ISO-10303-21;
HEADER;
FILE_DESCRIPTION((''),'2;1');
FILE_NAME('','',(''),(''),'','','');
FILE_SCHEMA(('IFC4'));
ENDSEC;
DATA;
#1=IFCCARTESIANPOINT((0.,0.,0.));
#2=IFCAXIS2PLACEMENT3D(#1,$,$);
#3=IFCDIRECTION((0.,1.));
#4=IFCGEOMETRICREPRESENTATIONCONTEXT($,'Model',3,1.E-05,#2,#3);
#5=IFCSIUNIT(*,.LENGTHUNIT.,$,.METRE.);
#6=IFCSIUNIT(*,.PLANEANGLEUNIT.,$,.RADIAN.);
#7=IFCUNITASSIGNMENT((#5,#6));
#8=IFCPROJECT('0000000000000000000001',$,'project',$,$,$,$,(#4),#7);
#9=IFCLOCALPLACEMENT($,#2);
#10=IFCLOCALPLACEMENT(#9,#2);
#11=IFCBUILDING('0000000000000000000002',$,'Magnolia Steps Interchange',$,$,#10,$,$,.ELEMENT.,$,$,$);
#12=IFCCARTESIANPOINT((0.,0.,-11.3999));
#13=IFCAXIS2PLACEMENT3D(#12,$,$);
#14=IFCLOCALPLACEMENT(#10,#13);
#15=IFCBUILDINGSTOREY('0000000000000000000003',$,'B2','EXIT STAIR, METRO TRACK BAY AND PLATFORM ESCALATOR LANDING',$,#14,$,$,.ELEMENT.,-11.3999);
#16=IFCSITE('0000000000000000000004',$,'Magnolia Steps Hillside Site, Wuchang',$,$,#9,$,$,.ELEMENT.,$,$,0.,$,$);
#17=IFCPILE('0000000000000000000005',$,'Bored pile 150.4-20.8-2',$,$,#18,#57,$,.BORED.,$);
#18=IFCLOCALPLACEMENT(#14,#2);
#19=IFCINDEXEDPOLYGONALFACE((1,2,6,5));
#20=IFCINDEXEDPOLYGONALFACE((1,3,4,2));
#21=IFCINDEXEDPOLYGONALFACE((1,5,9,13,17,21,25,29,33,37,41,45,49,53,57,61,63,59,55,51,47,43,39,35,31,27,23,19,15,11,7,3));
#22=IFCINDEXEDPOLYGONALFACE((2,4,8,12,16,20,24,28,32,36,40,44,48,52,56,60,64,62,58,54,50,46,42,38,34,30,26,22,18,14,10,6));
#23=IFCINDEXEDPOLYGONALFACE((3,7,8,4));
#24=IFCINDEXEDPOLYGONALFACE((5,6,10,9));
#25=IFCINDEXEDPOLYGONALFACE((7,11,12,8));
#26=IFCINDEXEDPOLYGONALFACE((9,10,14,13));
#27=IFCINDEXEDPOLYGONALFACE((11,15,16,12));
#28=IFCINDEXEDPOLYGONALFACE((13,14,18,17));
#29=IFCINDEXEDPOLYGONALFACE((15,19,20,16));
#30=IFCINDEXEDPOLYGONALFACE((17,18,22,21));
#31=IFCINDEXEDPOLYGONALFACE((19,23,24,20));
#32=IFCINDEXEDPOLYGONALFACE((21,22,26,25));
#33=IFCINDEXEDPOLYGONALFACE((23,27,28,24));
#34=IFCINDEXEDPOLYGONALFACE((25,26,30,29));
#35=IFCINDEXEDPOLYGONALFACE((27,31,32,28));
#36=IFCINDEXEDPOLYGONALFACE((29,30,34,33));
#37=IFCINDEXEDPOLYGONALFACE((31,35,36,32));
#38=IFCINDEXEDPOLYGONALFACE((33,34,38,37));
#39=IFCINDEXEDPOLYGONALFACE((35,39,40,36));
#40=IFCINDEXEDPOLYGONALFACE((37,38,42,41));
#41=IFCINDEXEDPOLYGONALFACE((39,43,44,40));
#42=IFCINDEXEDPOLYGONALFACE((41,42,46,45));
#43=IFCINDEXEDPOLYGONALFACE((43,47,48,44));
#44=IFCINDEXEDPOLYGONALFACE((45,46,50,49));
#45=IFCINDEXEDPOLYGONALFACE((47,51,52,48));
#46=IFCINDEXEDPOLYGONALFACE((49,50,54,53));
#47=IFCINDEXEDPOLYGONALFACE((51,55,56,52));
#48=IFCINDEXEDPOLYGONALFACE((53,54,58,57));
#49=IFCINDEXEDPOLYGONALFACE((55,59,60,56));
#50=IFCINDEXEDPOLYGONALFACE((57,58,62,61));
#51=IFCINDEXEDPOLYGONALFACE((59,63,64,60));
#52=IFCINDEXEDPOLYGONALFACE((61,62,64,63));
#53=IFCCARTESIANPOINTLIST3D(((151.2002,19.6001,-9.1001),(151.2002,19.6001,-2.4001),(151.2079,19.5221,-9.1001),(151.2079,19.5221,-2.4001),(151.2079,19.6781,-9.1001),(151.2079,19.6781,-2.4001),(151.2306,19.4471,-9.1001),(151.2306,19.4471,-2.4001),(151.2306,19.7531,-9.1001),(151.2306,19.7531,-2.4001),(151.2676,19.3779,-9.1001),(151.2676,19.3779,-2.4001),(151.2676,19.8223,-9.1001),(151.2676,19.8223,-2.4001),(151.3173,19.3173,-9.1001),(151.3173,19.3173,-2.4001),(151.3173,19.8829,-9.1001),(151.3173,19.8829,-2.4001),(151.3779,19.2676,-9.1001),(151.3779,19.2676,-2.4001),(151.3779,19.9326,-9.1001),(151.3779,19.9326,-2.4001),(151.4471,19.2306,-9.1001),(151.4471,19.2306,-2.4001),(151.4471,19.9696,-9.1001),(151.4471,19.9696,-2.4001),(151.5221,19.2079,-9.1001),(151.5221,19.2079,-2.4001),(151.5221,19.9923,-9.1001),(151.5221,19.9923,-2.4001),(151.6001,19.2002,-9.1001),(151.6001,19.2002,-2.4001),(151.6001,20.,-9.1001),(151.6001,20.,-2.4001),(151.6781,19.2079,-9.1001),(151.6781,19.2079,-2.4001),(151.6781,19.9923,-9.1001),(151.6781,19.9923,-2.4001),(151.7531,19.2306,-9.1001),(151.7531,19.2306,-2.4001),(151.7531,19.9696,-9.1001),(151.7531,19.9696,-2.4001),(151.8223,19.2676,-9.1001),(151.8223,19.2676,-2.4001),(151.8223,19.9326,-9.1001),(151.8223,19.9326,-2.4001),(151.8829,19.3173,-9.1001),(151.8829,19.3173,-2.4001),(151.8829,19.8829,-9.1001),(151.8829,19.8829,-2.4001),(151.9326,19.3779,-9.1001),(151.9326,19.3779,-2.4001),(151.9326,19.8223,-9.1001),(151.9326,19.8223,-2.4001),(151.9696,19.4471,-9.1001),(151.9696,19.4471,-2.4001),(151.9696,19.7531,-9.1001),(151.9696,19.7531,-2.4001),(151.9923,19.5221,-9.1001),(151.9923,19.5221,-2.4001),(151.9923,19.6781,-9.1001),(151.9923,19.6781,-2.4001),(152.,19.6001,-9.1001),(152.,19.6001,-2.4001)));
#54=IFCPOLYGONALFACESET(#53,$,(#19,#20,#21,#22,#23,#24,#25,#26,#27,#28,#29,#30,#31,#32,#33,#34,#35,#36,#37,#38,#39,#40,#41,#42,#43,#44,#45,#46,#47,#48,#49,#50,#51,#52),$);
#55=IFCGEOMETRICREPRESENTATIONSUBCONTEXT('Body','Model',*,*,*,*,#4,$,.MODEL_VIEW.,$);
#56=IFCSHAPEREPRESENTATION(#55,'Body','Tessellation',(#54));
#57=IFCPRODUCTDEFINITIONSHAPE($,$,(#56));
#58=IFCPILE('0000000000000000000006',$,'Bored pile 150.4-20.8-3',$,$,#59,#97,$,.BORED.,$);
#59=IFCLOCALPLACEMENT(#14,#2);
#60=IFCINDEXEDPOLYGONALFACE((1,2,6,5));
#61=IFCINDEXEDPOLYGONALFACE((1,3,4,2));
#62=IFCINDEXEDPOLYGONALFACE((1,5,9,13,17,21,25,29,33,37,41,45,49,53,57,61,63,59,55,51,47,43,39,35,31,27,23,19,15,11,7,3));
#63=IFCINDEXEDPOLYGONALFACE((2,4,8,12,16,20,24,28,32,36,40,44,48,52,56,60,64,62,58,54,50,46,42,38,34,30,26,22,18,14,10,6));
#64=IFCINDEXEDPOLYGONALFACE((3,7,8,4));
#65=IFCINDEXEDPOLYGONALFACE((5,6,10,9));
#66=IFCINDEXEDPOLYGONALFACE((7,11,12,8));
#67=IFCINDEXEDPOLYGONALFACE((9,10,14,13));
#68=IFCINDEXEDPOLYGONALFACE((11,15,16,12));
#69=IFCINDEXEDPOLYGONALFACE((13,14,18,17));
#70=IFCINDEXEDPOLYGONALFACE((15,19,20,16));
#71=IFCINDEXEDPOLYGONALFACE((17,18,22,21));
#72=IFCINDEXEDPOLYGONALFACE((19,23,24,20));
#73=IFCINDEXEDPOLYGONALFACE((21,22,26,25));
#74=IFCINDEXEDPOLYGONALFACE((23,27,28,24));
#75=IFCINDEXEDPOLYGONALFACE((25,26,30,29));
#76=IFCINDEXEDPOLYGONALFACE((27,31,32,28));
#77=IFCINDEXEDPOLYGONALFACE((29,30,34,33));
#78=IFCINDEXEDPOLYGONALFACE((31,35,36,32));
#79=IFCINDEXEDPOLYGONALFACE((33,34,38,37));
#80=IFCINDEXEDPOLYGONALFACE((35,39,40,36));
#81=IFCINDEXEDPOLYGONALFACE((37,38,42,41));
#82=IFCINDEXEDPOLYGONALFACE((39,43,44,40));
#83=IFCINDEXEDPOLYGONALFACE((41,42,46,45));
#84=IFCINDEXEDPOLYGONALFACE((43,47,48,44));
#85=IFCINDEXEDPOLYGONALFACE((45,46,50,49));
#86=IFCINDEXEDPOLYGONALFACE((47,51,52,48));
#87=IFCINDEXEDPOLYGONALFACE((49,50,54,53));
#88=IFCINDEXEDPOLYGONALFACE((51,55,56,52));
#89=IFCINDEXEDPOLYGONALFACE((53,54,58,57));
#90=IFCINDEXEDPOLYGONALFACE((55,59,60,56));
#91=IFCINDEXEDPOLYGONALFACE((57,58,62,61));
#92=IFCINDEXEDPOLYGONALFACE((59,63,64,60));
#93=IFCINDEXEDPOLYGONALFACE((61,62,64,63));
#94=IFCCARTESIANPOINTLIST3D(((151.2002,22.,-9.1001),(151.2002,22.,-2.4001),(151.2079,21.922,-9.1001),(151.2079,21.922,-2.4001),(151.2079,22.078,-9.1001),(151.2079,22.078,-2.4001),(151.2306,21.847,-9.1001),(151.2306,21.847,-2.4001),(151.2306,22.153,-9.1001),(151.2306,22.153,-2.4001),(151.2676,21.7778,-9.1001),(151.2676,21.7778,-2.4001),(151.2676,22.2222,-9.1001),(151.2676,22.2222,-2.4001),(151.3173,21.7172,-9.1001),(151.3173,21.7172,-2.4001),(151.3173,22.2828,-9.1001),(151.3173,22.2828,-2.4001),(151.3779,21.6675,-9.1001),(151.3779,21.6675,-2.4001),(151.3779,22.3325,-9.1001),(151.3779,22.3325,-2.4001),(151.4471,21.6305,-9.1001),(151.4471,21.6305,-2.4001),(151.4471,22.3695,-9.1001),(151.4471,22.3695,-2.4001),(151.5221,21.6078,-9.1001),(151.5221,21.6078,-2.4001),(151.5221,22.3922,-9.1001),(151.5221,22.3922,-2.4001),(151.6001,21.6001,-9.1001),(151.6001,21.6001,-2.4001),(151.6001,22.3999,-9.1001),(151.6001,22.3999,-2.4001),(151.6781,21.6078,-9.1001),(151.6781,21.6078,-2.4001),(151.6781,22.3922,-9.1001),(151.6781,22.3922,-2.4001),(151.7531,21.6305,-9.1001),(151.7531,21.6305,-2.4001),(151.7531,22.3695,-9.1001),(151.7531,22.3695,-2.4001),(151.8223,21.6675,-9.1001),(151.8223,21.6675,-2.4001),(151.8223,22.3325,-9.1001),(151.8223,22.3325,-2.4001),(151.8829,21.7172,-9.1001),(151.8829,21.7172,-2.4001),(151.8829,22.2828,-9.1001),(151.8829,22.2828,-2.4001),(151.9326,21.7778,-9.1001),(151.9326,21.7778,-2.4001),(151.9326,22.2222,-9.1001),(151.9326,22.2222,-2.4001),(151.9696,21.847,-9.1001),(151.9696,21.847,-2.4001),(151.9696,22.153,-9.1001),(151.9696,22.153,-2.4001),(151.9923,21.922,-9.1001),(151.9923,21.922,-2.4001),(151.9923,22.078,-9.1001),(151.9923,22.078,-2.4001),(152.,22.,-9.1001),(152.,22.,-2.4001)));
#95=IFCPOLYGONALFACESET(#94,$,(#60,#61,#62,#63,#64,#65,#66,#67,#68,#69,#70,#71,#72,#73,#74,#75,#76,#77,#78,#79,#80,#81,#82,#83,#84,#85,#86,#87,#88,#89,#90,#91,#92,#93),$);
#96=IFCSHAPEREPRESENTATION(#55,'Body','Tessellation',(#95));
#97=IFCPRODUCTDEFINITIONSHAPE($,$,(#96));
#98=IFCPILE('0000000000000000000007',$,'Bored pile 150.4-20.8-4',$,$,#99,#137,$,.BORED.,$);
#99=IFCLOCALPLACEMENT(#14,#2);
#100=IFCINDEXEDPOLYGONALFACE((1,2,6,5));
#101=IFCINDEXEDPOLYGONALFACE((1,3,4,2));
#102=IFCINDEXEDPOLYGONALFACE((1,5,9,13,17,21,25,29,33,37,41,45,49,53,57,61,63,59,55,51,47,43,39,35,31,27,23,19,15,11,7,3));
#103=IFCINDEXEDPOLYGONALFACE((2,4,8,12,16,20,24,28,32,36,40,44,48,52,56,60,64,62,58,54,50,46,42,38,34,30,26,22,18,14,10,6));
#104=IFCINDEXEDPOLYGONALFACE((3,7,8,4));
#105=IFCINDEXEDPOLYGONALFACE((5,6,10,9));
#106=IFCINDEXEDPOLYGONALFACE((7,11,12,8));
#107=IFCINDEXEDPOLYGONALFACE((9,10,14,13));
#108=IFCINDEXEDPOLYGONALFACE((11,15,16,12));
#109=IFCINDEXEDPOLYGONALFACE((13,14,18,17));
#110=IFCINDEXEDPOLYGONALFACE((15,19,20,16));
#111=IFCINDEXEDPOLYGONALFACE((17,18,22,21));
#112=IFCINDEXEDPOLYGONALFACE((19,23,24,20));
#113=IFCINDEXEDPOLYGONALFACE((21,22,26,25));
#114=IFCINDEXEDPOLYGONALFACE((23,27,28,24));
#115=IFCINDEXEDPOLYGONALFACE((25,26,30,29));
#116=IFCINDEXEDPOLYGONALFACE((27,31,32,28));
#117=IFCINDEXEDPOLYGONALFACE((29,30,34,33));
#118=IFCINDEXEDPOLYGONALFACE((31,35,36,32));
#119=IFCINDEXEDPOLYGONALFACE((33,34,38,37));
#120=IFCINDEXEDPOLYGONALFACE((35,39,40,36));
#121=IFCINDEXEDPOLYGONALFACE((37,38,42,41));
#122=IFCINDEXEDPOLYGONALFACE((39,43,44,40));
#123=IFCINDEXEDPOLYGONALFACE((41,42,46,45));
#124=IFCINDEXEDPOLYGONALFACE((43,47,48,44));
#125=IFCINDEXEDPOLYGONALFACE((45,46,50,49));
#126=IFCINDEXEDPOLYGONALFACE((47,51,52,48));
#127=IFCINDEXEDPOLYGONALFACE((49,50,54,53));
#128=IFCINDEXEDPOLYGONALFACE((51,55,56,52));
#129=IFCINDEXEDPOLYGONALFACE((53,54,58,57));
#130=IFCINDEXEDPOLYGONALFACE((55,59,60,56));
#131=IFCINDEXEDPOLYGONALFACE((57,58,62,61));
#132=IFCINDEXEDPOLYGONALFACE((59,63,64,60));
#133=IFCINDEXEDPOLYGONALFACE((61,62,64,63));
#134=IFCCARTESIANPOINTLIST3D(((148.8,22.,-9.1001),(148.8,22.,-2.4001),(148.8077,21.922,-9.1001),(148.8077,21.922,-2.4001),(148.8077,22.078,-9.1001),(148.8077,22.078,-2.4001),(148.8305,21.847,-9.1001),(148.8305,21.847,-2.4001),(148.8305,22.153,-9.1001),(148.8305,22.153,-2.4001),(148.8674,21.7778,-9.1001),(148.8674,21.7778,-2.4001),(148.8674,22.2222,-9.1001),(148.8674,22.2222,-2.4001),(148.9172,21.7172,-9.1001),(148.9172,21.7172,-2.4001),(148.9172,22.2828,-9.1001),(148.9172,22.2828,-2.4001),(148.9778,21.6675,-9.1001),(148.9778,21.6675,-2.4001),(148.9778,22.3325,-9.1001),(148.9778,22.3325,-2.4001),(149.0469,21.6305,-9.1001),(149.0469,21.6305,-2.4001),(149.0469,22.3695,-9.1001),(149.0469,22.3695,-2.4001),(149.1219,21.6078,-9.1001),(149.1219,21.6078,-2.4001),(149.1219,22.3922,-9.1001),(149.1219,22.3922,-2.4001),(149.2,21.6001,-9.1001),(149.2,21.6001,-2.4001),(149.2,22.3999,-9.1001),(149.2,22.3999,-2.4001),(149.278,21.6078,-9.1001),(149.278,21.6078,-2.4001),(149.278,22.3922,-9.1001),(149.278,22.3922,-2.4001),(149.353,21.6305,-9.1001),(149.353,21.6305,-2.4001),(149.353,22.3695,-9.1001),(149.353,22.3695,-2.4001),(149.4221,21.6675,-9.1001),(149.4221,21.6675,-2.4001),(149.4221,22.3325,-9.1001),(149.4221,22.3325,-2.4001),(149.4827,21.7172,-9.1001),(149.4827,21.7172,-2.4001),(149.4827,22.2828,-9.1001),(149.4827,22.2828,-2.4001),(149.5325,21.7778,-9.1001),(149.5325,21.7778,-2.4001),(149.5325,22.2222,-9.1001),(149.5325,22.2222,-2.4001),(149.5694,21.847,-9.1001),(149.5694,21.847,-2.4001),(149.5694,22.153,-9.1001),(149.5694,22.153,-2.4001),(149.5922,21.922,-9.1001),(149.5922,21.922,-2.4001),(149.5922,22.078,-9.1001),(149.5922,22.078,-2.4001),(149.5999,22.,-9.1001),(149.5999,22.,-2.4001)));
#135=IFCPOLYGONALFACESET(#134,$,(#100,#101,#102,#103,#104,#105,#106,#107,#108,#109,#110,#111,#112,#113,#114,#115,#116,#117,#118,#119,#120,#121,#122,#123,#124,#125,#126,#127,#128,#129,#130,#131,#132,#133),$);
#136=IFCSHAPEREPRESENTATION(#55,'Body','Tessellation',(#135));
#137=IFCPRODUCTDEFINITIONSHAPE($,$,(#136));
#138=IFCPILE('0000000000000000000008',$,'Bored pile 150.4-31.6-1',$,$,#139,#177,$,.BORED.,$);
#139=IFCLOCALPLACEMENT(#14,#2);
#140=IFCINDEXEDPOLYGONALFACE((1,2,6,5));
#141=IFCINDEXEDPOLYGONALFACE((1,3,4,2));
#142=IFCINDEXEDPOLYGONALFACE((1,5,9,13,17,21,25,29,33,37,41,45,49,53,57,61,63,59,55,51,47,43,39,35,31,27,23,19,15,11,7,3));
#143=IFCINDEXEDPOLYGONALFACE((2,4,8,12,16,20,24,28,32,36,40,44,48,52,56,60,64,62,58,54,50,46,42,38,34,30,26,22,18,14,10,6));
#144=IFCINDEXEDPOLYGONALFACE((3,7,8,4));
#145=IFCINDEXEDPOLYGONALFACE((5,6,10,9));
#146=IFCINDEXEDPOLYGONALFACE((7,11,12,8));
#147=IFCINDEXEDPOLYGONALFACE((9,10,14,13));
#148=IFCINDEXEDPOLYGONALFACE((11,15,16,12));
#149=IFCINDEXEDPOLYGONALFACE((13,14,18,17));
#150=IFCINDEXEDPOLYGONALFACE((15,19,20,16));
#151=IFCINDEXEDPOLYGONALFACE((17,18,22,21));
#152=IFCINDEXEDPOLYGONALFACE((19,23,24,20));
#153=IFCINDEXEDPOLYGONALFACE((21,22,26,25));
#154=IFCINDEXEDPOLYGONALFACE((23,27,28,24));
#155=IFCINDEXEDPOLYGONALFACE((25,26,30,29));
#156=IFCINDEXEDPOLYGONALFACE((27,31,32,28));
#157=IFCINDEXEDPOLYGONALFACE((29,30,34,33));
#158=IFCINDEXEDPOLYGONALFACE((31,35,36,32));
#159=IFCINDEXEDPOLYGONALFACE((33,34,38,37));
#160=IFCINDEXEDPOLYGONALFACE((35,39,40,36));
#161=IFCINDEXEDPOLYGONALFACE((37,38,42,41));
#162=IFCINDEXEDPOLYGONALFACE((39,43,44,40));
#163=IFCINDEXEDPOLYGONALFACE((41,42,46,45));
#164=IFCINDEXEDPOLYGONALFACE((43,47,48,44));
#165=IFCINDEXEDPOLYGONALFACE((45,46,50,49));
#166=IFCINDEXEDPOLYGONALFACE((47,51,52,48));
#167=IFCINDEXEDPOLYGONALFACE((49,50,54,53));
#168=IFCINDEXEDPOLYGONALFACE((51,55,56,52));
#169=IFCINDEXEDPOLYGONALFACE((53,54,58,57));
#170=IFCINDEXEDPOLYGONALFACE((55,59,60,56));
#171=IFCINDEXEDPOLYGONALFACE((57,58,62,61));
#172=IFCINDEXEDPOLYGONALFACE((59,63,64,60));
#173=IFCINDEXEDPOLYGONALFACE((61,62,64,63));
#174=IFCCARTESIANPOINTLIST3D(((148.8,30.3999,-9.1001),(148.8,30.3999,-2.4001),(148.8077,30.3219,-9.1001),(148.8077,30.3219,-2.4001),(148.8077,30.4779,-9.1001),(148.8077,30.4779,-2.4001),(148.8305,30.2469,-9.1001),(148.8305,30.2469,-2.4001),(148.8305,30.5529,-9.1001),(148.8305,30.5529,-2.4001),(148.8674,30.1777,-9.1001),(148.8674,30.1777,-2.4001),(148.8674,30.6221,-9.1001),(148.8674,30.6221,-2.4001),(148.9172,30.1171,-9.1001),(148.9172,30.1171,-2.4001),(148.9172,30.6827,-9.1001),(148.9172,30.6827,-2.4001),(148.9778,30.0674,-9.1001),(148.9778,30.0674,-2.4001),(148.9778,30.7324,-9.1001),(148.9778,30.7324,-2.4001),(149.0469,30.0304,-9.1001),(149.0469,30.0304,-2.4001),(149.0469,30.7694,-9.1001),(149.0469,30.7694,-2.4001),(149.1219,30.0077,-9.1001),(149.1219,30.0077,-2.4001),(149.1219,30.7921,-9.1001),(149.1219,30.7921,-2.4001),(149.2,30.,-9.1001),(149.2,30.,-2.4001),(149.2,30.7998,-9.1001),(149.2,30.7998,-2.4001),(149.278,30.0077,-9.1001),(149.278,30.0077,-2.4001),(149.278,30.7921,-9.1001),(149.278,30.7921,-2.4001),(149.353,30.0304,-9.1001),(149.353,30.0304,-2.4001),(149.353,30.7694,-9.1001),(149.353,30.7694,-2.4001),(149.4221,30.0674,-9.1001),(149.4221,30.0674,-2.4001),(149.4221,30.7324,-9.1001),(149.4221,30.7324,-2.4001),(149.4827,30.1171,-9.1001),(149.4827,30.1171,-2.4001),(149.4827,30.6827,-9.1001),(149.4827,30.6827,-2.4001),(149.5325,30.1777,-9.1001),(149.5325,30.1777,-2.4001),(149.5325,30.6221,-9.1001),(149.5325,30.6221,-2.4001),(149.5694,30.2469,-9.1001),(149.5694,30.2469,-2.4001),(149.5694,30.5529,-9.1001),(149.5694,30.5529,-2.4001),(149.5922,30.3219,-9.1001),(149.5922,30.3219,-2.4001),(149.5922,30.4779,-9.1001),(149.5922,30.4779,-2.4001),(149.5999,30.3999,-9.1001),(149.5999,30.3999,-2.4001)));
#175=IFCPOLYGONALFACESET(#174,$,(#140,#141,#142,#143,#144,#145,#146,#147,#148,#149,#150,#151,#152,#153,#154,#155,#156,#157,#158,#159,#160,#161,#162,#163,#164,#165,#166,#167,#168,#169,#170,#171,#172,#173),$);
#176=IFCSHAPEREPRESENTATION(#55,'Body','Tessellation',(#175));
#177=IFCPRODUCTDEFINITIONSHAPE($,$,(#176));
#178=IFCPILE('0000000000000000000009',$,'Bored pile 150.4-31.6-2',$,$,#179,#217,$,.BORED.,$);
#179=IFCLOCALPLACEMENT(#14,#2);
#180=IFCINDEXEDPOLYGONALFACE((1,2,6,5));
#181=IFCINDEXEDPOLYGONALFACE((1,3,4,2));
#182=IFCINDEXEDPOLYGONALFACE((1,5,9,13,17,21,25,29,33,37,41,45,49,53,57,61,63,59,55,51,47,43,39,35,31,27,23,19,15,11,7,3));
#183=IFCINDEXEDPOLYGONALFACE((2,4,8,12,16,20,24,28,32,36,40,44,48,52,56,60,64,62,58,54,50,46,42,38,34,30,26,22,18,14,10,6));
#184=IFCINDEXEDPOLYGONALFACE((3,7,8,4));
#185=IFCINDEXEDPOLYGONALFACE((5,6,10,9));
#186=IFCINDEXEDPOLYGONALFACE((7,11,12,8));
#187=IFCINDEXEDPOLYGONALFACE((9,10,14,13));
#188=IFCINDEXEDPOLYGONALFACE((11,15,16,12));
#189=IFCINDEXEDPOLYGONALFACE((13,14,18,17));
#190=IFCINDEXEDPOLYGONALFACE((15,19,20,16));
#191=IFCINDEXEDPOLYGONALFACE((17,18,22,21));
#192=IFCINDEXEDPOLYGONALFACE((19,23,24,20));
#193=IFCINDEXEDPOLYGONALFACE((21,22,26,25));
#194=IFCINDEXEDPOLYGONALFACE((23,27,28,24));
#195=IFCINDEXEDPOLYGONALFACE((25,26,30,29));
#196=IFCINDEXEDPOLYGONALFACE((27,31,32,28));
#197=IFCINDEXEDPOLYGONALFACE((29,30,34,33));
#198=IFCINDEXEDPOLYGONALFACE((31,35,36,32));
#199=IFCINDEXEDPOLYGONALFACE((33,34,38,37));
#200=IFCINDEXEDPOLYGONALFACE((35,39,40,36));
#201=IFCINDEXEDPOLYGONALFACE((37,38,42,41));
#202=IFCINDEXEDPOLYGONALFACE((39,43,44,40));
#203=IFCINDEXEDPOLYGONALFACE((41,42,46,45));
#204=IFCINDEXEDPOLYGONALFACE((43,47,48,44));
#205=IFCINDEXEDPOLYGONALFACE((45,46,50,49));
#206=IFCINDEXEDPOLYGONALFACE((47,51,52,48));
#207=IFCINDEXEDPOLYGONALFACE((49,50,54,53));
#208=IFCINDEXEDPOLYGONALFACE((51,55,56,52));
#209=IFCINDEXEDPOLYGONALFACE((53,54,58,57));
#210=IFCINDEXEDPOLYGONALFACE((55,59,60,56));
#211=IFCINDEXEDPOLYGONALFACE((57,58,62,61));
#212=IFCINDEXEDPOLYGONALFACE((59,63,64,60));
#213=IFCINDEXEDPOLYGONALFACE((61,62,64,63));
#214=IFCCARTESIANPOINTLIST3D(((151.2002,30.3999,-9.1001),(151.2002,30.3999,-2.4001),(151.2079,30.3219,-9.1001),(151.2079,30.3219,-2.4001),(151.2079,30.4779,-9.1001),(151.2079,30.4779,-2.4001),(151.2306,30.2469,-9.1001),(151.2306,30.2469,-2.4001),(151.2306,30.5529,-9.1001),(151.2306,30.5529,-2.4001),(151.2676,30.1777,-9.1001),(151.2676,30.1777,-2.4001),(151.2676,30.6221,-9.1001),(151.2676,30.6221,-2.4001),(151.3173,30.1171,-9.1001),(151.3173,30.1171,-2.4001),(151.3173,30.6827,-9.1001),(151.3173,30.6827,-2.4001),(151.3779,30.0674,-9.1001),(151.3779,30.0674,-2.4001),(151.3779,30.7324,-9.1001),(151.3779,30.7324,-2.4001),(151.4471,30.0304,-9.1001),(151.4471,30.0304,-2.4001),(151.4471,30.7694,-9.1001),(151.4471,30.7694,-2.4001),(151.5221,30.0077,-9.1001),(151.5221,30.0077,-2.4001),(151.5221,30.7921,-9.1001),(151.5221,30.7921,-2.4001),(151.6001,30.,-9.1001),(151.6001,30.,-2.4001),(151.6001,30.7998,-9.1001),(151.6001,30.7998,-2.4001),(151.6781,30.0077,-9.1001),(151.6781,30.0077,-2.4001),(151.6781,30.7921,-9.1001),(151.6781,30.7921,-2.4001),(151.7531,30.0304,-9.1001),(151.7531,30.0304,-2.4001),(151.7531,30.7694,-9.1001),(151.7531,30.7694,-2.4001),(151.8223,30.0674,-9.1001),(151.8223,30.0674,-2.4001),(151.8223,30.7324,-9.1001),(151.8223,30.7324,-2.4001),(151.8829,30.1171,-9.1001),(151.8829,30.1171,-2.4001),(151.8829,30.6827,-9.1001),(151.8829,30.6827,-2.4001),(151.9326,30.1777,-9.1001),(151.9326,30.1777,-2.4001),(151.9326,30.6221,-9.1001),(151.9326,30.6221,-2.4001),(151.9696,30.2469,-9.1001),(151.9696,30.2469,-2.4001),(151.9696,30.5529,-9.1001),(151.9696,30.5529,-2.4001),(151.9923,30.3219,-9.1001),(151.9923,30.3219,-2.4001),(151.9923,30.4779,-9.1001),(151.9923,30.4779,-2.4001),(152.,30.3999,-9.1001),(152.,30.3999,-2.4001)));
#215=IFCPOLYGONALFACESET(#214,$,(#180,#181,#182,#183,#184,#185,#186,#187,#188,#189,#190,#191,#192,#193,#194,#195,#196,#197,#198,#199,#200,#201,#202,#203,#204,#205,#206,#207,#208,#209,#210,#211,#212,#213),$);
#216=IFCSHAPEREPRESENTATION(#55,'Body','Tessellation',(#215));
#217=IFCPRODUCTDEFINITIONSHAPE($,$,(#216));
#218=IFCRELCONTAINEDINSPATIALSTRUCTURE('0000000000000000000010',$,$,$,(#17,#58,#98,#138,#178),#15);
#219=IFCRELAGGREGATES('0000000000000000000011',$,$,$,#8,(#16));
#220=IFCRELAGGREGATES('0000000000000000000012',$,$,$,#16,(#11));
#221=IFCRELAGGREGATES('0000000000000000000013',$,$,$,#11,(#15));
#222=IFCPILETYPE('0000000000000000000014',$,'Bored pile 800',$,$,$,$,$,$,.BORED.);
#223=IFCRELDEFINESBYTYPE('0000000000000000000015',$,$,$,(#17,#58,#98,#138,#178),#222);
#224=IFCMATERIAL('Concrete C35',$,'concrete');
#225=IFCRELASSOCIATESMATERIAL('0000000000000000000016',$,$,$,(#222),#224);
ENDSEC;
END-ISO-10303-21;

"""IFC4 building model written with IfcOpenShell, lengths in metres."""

from ifc_helpers import new_model, si_unit, direction, frame, origin, origin_2d, place, context, subcontext, project, spatial, circle, extrude, material, material_profile, profile_set, type_object, element, save


model = new_model("IFC4")

# Units and contexts
model_context = context("Model", 3, precision=1e-05, world=origin(), true_north=direction((0.0, 1.0)))
body_context = subcontext(model_context, "Body", "Model", "MODEL_VIEW")
ifc_project = project(units=[si_unit("LENGTHUNIT", "METRE"), si_unit("PLANEANGLEUNIT", "RADIAN")], contexts=[model_context])

# Site, building, storey
site_placement = place(None, origin())
site = spatial("IfcSite", under=ifc_project, at=site_placement, Name="Magnolia Steps Hillside Site, Wuchang", CompositionType="ELEMENT", RefElevation=0.0)
building_placement = place(site_placement, origin())
building = spatial("IfcBuilding", under=site, at=building_placement, Name="Magnolia Steps Interchange", CompositionType="ELEMENT")
storey_placement = place(building_placement, frame((0.0, 0.0, -11.3999)))
storey = spatial("IfcBuildingStorey", under=building, at=storey_placement, Name="B2", Description="EXIT STAIR, METRO TRACK BAY AND PLATFORM ESCALATOR LANDING", CompositionType="ELEMENT", Elevation=-11.3999)

# Piles
ifc_material_1 = material(Name="Concrete C35", Category="concrete")
ifc_material_profile_1 = material_profile(ifc_material_1, circle(Radius=0.3999, at=origin_2d()), Name="Bored pile 800")
ifc_profile_set_1 = profile_set([ifc_material_profile_1], Name="Concrete C35")
pile_type = type_object("IfcPileType", Name="Bored pile 800", PredefinedType="BORED", material=ifc_profile_set_1)
for number, where, z_axis, x_axis, name in (
    (1, (151.6001, 19.6001, -2.4001), (0.0, 0.0, -1.0), (1.0, 0.0, 0.0), "Bored pile 150.4-20.8-2"),
    (2, (151.6001, 22.0, -2.4001), (0.0, 0.0, -1.0), (1.0, 0.0, 0.0), "Bored pile 150.4-20.8-3"),
    (3, (149.2, 22.0, -2.4001), (0.0, 0.0, -1.0), (1.0, 0.0, 0.0), "Bored pile 150.4-20.8-4"),
    (4, (149.2, 30.3999, -2.4001), (0.0, 0.0, -1.0), (1.0, 0.0, 0.0), "Bored pile 150.4-31.6-1"),
    (5, (151.6001, 30.3999, -2.4001), (0.0, 0.0, -1.0), (1.0, 0.0, 0.0), "Bored pile 150.4-31.6-2"),
):
    element("IfcPile", number, at=place(storey_placement, frame(where, z_axis=z_axis, x_axis=x_axis)), inside=storey, type_object=pile_type, Name=name, PredefinedType="BORED", context=body_context, shape_type="SweptSolid", body=[
        extrude(circle(Radius=0.3999, at=origin_2d()), origin(), (0.0, 0.0, 1.0), 6.7),
    ])

save(model, "model.ifc")
